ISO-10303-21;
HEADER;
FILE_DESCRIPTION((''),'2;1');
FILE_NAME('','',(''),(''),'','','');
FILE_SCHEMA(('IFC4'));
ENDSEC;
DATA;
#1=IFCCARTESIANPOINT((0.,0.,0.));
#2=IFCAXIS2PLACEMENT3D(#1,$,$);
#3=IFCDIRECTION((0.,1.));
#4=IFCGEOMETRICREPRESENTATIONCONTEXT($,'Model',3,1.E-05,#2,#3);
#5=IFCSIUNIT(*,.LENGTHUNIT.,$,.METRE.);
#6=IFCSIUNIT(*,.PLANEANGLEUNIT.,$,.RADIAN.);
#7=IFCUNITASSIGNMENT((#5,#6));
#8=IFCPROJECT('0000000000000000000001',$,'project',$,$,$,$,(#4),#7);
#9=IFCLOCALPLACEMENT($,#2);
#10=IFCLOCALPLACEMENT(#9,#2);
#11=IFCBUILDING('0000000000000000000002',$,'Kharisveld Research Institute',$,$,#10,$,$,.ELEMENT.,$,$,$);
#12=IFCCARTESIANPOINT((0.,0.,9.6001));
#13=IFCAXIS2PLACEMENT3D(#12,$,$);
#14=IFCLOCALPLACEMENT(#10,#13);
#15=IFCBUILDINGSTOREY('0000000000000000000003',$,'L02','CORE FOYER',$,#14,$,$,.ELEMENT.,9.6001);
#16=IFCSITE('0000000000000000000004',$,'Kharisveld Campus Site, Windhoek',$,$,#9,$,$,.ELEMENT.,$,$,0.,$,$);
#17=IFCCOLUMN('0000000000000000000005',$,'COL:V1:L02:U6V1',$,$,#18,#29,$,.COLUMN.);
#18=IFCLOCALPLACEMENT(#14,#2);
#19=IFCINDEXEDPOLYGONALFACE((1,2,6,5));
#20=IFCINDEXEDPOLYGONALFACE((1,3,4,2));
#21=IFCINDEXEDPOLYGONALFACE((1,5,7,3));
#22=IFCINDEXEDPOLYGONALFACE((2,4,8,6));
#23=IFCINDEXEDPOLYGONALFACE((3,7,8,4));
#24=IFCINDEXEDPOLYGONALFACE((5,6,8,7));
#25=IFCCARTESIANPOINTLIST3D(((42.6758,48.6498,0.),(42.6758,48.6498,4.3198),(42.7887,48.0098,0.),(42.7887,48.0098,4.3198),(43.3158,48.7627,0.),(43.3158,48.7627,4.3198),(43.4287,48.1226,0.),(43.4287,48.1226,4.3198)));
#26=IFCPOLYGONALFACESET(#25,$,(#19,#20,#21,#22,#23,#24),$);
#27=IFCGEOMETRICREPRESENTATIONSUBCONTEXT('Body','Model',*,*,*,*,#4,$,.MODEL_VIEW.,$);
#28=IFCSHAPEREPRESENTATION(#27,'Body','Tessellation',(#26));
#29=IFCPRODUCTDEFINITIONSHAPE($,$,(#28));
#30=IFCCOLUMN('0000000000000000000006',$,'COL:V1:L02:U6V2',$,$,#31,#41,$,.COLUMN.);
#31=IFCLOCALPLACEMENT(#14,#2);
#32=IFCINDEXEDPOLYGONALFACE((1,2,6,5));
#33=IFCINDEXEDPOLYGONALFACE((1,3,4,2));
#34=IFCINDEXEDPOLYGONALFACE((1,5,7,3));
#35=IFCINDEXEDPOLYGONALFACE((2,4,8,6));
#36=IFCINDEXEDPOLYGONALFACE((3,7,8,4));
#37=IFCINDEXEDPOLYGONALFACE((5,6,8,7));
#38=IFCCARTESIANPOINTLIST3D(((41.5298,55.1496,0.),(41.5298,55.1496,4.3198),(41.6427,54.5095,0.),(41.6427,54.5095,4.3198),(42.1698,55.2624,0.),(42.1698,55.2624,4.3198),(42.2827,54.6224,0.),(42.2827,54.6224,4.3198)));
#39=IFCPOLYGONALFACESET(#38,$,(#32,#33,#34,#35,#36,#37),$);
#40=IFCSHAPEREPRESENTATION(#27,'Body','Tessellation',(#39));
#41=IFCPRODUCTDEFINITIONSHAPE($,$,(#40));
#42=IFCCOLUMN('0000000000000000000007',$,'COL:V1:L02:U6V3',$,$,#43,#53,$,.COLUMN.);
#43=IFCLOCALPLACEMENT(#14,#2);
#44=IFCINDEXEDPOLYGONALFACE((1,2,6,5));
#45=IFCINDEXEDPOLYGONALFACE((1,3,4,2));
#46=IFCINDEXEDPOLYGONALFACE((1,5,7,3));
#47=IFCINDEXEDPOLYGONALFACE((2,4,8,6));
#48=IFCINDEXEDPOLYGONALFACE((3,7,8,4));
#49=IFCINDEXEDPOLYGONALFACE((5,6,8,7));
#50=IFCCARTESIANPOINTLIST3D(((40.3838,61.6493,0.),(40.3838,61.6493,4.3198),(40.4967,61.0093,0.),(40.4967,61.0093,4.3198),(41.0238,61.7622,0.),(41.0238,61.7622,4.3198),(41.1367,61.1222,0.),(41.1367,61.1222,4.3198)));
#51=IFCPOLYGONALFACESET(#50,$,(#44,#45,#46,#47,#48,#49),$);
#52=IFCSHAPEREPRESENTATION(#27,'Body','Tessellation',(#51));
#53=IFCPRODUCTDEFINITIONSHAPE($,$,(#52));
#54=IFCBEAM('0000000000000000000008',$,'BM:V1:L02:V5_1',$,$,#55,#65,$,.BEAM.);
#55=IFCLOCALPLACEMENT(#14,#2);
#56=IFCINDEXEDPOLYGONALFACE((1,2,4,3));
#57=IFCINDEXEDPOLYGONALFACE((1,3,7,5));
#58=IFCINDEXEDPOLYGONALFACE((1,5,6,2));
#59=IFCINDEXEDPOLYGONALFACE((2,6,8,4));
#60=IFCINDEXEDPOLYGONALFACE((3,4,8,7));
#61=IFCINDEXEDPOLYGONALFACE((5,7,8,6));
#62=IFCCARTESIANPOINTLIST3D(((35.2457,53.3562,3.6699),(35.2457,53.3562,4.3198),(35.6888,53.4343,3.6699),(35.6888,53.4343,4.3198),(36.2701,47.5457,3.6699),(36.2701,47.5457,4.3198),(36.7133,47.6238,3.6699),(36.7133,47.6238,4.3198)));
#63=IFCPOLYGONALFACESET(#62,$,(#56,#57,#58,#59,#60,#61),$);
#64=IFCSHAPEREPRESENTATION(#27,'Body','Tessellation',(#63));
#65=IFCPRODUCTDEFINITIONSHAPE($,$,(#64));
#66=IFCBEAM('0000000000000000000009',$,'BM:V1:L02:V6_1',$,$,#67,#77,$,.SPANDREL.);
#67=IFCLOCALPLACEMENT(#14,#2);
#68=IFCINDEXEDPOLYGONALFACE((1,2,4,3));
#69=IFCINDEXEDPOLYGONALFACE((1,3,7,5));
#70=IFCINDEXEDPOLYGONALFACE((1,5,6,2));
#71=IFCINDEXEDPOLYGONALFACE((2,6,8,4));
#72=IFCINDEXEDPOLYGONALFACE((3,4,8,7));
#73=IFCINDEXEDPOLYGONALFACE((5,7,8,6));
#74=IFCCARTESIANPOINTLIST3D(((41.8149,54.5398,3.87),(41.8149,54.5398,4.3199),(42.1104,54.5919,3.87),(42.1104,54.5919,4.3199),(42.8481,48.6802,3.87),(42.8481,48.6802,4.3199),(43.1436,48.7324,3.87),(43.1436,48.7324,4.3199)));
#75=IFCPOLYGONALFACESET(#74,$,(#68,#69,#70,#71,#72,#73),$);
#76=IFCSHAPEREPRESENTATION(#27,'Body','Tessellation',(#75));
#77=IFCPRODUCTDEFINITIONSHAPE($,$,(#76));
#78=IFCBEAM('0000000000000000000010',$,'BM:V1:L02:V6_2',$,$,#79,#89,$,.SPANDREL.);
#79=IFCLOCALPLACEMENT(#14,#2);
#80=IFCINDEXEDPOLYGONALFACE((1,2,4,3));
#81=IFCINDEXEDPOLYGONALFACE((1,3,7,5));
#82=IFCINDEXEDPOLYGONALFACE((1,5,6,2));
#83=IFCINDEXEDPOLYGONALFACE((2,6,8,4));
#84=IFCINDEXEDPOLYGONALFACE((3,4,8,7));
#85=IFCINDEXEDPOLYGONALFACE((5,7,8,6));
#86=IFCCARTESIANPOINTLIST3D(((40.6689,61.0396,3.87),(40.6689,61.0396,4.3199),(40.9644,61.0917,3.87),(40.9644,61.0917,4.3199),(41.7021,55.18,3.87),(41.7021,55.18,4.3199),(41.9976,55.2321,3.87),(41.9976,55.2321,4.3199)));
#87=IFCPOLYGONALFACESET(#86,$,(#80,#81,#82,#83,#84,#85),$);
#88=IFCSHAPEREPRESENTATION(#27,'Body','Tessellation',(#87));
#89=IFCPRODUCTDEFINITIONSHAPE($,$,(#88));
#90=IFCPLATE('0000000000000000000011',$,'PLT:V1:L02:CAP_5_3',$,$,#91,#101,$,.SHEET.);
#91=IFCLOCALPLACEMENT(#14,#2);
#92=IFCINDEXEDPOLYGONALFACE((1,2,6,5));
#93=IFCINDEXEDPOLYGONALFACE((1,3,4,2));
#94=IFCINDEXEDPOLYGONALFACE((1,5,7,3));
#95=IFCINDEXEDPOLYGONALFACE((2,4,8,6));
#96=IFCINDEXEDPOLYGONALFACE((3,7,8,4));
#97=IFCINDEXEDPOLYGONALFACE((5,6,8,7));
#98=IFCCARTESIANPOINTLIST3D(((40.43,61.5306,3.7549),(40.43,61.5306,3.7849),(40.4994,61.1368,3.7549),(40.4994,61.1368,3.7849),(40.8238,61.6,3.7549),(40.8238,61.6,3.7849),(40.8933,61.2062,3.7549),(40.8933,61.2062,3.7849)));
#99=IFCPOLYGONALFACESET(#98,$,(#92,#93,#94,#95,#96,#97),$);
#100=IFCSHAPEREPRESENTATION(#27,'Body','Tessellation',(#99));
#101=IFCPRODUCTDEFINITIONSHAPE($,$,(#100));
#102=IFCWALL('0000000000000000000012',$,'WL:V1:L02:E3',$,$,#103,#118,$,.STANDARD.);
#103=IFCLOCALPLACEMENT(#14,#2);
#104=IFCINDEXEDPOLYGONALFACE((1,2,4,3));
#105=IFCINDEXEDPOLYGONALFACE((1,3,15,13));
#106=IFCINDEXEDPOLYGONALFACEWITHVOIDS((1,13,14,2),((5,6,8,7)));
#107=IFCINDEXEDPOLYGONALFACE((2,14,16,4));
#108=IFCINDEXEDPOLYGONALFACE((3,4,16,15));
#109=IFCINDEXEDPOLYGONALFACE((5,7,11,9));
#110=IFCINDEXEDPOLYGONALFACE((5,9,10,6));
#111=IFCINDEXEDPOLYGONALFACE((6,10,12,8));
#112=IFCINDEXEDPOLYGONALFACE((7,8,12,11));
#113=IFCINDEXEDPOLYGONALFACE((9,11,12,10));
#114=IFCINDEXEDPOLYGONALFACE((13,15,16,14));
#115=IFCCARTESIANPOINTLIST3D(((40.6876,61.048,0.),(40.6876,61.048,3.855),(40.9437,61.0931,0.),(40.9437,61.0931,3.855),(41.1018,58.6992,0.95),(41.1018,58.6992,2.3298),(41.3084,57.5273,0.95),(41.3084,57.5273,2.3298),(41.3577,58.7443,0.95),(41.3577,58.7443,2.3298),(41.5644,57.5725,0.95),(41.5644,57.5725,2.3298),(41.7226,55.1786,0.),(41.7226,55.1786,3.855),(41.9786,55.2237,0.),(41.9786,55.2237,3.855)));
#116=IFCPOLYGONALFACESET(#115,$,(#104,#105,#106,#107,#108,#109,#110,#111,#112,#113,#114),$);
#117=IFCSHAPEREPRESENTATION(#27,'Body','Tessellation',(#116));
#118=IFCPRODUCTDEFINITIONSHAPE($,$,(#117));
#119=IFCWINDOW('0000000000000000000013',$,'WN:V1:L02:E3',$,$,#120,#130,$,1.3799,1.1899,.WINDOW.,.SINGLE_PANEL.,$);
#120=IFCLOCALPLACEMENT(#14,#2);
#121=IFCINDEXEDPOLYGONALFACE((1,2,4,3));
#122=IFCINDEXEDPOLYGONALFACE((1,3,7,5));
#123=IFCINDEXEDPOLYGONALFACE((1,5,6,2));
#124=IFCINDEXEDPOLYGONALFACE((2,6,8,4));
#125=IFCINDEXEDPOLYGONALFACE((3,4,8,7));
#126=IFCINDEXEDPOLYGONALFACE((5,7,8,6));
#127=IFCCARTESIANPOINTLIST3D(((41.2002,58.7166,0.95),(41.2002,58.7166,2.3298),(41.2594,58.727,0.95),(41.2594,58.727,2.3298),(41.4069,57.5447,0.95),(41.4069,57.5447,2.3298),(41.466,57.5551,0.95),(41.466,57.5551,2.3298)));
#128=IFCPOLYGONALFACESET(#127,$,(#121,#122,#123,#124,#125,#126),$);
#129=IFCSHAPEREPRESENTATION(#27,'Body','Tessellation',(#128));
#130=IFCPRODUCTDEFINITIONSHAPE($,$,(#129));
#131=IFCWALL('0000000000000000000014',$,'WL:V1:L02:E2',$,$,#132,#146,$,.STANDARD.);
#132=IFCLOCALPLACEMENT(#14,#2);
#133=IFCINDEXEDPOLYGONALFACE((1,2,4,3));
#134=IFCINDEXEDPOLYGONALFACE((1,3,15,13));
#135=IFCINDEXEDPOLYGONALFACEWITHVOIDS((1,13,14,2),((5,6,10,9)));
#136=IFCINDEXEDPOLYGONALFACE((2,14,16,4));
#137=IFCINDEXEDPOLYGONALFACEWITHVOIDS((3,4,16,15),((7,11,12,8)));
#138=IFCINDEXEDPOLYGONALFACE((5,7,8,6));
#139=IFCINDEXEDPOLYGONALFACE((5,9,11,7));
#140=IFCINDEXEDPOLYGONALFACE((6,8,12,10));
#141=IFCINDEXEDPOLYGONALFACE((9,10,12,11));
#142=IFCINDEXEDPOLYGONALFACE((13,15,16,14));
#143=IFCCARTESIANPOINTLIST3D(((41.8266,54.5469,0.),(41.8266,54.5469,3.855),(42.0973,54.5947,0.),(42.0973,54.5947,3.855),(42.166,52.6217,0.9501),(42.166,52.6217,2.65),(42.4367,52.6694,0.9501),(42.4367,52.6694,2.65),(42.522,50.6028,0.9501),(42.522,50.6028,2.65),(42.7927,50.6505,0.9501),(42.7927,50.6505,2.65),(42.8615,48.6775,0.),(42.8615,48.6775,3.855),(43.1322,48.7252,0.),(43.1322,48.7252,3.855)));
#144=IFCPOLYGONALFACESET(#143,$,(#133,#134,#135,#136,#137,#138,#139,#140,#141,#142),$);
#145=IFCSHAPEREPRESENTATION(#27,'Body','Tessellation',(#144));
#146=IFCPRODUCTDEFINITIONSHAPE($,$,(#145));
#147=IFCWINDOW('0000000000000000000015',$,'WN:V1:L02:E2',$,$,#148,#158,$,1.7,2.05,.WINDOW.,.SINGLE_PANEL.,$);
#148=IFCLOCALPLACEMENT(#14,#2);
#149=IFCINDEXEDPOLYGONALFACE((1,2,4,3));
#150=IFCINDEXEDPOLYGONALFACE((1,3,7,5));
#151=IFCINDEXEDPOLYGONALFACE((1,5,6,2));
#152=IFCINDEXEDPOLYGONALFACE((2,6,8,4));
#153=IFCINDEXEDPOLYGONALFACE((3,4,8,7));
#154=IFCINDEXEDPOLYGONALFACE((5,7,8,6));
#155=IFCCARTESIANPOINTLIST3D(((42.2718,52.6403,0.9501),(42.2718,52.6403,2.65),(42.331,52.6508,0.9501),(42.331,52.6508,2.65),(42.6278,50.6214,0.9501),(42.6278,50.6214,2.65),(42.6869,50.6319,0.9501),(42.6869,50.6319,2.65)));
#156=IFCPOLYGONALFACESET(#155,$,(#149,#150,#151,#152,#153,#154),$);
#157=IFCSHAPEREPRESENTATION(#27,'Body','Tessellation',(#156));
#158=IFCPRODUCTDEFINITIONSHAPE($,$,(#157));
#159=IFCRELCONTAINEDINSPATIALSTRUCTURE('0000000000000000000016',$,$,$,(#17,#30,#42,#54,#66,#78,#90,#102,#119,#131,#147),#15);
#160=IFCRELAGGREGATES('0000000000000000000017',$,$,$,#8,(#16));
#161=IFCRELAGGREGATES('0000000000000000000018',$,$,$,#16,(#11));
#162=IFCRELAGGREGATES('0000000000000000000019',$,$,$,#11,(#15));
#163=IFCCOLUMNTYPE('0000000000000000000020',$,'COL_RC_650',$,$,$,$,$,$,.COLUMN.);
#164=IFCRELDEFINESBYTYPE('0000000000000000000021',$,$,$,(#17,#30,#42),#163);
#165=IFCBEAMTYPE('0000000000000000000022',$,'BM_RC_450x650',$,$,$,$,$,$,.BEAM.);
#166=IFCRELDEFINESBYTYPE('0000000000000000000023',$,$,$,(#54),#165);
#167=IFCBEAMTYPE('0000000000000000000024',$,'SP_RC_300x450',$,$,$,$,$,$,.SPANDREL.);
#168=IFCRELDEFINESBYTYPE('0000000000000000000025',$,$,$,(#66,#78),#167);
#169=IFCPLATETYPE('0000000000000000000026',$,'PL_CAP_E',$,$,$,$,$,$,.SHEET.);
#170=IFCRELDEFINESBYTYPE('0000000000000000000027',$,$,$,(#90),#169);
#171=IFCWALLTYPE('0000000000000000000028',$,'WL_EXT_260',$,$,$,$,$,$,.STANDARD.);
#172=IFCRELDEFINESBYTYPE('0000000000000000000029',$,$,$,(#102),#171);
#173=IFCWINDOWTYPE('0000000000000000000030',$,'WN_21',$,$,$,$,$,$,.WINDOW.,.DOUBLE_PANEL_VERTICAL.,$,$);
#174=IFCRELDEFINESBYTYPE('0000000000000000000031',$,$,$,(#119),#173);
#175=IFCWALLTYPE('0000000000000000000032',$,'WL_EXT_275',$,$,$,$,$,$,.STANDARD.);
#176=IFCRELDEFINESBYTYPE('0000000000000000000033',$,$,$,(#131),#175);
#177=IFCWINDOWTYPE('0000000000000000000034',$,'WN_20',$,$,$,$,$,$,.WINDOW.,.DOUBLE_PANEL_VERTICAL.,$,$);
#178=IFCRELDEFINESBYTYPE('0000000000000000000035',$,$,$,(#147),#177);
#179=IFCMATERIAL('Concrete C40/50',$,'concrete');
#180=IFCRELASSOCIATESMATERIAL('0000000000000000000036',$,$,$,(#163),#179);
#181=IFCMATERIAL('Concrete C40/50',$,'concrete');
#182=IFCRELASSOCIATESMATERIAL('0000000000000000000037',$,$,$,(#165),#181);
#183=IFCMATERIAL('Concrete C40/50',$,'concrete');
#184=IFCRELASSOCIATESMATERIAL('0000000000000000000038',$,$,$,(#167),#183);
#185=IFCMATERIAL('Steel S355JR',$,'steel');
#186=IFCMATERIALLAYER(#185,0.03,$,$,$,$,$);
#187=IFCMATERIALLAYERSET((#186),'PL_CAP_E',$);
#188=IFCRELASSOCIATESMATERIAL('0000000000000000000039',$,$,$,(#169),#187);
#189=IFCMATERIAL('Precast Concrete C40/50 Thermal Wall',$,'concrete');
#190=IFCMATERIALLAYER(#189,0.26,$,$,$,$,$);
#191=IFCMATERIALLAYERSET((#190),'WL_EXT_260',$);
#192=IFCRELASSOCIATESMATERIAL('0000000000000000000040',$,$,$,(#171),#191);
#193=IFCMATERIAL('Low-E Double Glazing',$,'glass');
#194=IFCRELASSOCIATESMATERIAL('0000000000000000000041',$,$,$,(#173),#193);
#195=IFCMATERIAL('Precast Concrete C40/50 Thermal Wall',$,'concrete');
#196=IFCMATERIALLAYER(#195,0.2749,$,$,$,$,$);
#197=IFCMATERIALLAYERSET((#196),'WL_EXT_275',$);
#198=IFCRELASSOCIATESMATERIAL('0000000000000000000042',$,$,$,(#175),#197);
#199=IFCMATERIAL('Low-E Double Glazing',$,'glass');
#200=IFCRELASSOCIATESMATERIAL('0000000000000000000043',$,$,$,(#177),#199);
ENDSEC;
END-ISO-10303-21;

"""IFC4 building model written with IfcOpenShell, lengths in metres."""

from ifc_helpers import new_model, si_unit, direction, frame, frame_2d, origin, origin_2d, place, context, subcontext, project, spatial, rectangle, extrude, material, layer, layer_set, material_profile, profile_set, type_object, element, fill, save


model = new_model("IFC4")

# Units and contexts
model_context = context("Model", 3, precision=1e-05, world=origin(), true_north=direction((0.0, 1.0)))
body_context = subcontext(model_context, "Body", "Model", "MODEL_VIEW")
ifc_project = project(units=[si_unit("LENGTHUNIT", "METRE"), si_unit("PLANEANGLEUNIT", "RADIAN")], contexts=[model_context])

# Site, building, storey
site_placement = place(None, origin())
site = spatial("IfcSite", under=ifc_project, at=site_placement, Name="Kharisveld Campus Site, Windhoek", CompositionType="ELEMENT", RefElevation=0.0)
building_placement = place(site_placement, origin())
building = spatial("IfcBuilding", under=site, at=building_placement, Name="Kharisveld Research Institute", CompositionType="ELEMENT")
storey_placement = place(building_placement, frame((0.0, 0.0, 9.6001)))
storey = spatial("IfcBuildingStorey", under=building, at=storey_placement, Name="L02", Description="CORE FOYER", CompositionType="ELEMENT", Elevation=9.6001)

# Columns
ifc_material_1 = material(Name="Concrete C40/50", Category="concrete")
ifc_material_profile_1 = material_profile(ifc_material_1, rectangle(XDim=0.6499, YDim=0.6499, at=origin_2d()))
ifc_profile_set_1 = profile_set([ifc_material_profile_1], Name="Concrete C40/50")
column_type = type_object("IfcColumnType", Name="COL_RC_650", PredefinedType="COLUMN", material=ifc_profile_set_1)
for number, where, z_axis, x_axis, name in (
    (1, (43.0522, 48.3862, 0.0), (0.0, 0.0, 1.0), (0.984808, 0.173648, 0.0), "COL:V1:L02:U6V1"),
    (2, (41.9062, 54.886, 0.0), (0.0, 0.0, 1.0), (0.984808, 0.173648, 0.0), "COL:V1:L02:U6V2"),
    (3, (40.7603, 61.3857, 0.0), (0.0, 0.0, 1.0), (0.984808, 0.173648, 0.0), "COL:V1:L02:U6V3"),
):
    element("IfcColumn", number, at=place(storey_placement, frame(where, z_axis=z_axis, x_axis=x_axis)), inside=storey, type_object=column_type, Name=name, PredefinedType="COLUMN", context=body_context, shape_type="SweptSolid", body=[
        extrude(rectangle(XDim=0.6499, YDim=0.6499, at=origin_2d()), origin(), (0.0, 0.0, 1.0), 4.3198),
    ])

# Beams
ifc_material_2 = material(Name="Concrete C40/50", Category="concrete")
ifc_material_profile_2 = material_profile(ifc_material_2, rectangle(XDim=0.45, YDim=0.6499, at=origin_2d()))
ifc_profile_set_2 = profile_set([ifc_material_profile_2], Name="Concrete C40/50")
beam_type_1 = type_object("IfcBeamType", Name="BM_RC_450x650", PredefinedType="BEAM", material=ifc_profile_set_2)
beam_placement = place(storey_placement, frame((36.4917, 47.5847, 3.9949), z_axis=(-0.173625, 0.984812, 0.0), x_axis=(-0.984812, -0.173625, 0.0)))
element("IfcBeam", 4, at=beam_placement, inside=storey, type_object=beam_type_1, Name="BM:V1:L02:V5_1", PredefinedType="BEAM", context=body_context, shape_type="SweptSolid", body=[
    extrude(rectangle(XDim=0.45, YDim=0.6499, at=origin_2d()), origin(), (0.0, 0.0, 1.0), 5.9001),
])
ifc_material_3 = material(Name="Concrete C40/50", Category="concrete")
ifc_material_profile_3 = material_profile(ifc_material_3, rectangle(XDim=0.3, YDim=0.45, at=origin_2d()))
ifc_profile_set_3 = profile_set([ifc_material_profile_3], Name="Concrete C40/50")
beam_type_2 = type_object("IfcBeamType", Name="SP_RC_300x450", PredefinedType="SPANDREL", material=ifc_profile_set_3)
for number, where, z_axis, x_axis, name in (
    (5, (42.9958, 48.7063, 4.095), (-0.173647, 0.984808, 0.0), (-0.984808, -0.173647, 0.0), "BM:V1:L02:V6_1"),
    (6, (41.8499, 55.2061, 4.095), (-0.173647, 0.984808, 0.0), (-0.984808, -0.173647, 0.0), "BM:V1:L02:V6_2"),
):
    element("IfcBeam", number, at=place(storey_placement, frame(where, z_axis=z_axis, x_axis=x_axis)), inside=storey, type_object=beam_type_2, Name=name, PredefinedType="SPANDREL", context=body_context, shape_type="SweptSolid", body=[
        extrude(rectangle(XDim=0.3, YDim=0.45, at=origin_2d()), origin(), (0.0, 0.0, 1.0), 5.95),
    ])

# Plate
ifc_material_4 = material(Name="Steel S355JR", Category="steel")
ifc_layer_1 = layer(ifc_material_4, 0.03)
ifc_layer_set_1 = layer_set([ifc_layer_1], Name="PL_CAP_E")
plate_type = type_object("IfcPlateType", Name="PL_CAP_E", PredefinedType="SHEET", material=ifc_layer_set_1)
plate_placement = place(storey_placement, frame((40.6616, 61.3684, 3.7549), z_axis=(0.0, 0.0, 1.0), x_axis=(0.984808, 0.173648, 0.0)))
element("IfcPlate", 7, at=plate_placement, inside=storey, type_object=plate_type, Name="PLT:V1:L02:CAP_5_3", PredefinedType="SHEET", context=body_context, shape_type="SweptSolid", body=[
    extrude(rectangle(XDim=0.3999, YDim=0.3999, at=origin_2d()), origin(), (0.0, 0.0, 1.0), 0.03),
])

# Walls, openings, windows
ifc_material_5 = material(Name="Precast Concrete C40/50 Thermal Wall", Category="concrete")
ifc_layer_2 = layer(ifc_material_5, 0.26)
ifc_layer_set_2 = layer_set([ifc_layer_2], Name="WL_EXT_260")
wall_type_1 = type_object("IfcWallType", Name="WL_EXT_260", PredefinedType="STANDARD", material=ifc_layer_set_2)
wall_1_placement = place(storey_placement, frame((40.8157, 61.0706, 0.0), z_axis=(0.0, 0.0, 1.0), x_axis=(0.173645, -0.984808, 0.0)))
wall_1 = element("IfcWall", 8, at=wall_1_placement, inside=storey, type_object=wall_type_1, Name="WL:V1:L02:E3", PredefinedType="STANDARD", context=body_context, shape_type="SweptSolid", body=[
    extrude(rectangle(XDim=5.96, YDim=0.26, at=frame_2d((2.98, 0.0))), origin(), (0.0, 0.0, 1.0), 3.855),
])
opening_1_placement = place(wall_1_placement, frame((2.385, 0.0, 0.95)))
opening_1 = element("IfcOpeningElement", 9, at=opening_1_placement, cuts=wall_1, PredefinedType="OPENING", context=body_context, shape_type="SweptSolid", body=[
    extrude(rectangle(XDim=1.1899, YDim=1.3799, at=frame_2d((0.595, 0.6899))), frame((0.0, 0.1299, 0.0), z_axis=(0.0, -1.0, 0.0), x_axis=(1.0, 0.0, 0.0)), (0.0, 0.0, 1.0), 0.26),
])
ifc_material_6 = material(Name="Low-E Double Glazing", Category="glass")
window_type_1 = type_object("IfcWindowType", Name="WN_21", PartitioningType="DOUBLE_PANEL_VERTICAL", PredefinedType="WINDOW", material=ifc_material_6)
window_1_placement = place(opening_1_placement, origin())
window_1 = element("IfcWindow", 10, at=window_1_placement, inside=storey, type_object=window_type_1, Name="WN:V1:L02:E3", OverallHeight=1.3799, OverallWidth=1.1899, PartitioningType="SINGLE_PANEL", PredefinedType="WINDOW", context=body_context, shape_type="SweptSolid", body=[
    extrude(rectangle(XDim=1.1899, YDim=1.3799, at=frame_2d((0.595, 0.6899))), frame((0.0, 0.03, 0.0), z_axis=(0.0, -1.0, 0.0), x_axis=(1.0, 0.0, 0.0)), (0.0, 0.0, 1.0), 0.0601),
])
fill(opening_1, window_1)
ifc_material_7 = material(Name="Precast Concrete C40/50 Thermal Wall", Category="concrete")
ifc_layer_3 = layer(ifc_material_7, 0.2749)
ifc_layer_set_3 = layer_set([ifc_layer_3], Name="WL_EXT_275")
wall_type_2 = type_object("IfcWallType", Name="WL_EXT_275", PredefinedType="STANDARD", material=ifc_layer_set_3)
wall_2_placement = place(storey_placement, frame((41.9619, 54.5708, 0.0), z_axis=(0.0, 0.0, 1.0), x_axis=(0.173645, -0.984808, 0.0)))
wall_2 = element("IfcWall", 11, at=wall_2_placement, inside=storey, type_object=wall_type_2, Name="WL:V1:L02:E2", PredefinedType="STANDARD", context=body_context, shape_type="SweptSolid", body=[
    extrude(rectangle(XDim=5.96, YDim=0.2749, at=frame_2d((2.98, 0.0))), origin(), (0.0, 0.0, 1.0), 3.855),
])
opening_2_placement = place(wall_2_placement, frame((1.9551, 0.0, 0.95)))
opening_2 = element("IfcOpeningElement", 12, at=opening_2_placement, cuts=wall_2, PredefinedType="OPENING", context=body_context, shape_type="SweptSolid", body=[
    extrude(rectangle(XDim=2.05, YDim=1.7, at=frame_2d((1.0249, 0.8501))), frame((0.0, 0.1375, 0.0), z_axis=(0.0, -1.0, 0.0), x_axis=(1.0, 0.0, 0.0)), (0.0, 0.0, 1.0), 0.2749),
])
ifc_material_8 = material(Name="Low-E Double Glazing", Category="glass")
window_type_2 = type_object("IfcWindowType", Name="WN_20", PartitioningType="DOUBLE_PANEL_VERTICAL", PredefinedType="WINDOW", material=ifc_material_8)
window_2_placement = place(opening_2_placement, origin())
window_2 = element("IfcWindow", 13, at=window_2_placement, inside=storey, type_object=window_type_2, Name="WN:V1:L02:E2", OverallHeight=1.7, OverallWidth=2.05, PartitioningType="SINGLE_PANEL", PredefinedType="WINDOW", context=body_context, shape_type="SweptSolid", body=[
    extrude(rectangle(XDim=2.05, YDim=1.7, at=frame_2d((1.0249, 0.8501))), frame((0.0, 0.03, 0.0), z_axis=(0.0, -1.0, 0.0), x_axis=(1.0, 0.0, 0.0)), (0.0, 0.0, 1.0), 0.0601),
])
fill(opening_2, window_2)

save(model, "model.ifc")
